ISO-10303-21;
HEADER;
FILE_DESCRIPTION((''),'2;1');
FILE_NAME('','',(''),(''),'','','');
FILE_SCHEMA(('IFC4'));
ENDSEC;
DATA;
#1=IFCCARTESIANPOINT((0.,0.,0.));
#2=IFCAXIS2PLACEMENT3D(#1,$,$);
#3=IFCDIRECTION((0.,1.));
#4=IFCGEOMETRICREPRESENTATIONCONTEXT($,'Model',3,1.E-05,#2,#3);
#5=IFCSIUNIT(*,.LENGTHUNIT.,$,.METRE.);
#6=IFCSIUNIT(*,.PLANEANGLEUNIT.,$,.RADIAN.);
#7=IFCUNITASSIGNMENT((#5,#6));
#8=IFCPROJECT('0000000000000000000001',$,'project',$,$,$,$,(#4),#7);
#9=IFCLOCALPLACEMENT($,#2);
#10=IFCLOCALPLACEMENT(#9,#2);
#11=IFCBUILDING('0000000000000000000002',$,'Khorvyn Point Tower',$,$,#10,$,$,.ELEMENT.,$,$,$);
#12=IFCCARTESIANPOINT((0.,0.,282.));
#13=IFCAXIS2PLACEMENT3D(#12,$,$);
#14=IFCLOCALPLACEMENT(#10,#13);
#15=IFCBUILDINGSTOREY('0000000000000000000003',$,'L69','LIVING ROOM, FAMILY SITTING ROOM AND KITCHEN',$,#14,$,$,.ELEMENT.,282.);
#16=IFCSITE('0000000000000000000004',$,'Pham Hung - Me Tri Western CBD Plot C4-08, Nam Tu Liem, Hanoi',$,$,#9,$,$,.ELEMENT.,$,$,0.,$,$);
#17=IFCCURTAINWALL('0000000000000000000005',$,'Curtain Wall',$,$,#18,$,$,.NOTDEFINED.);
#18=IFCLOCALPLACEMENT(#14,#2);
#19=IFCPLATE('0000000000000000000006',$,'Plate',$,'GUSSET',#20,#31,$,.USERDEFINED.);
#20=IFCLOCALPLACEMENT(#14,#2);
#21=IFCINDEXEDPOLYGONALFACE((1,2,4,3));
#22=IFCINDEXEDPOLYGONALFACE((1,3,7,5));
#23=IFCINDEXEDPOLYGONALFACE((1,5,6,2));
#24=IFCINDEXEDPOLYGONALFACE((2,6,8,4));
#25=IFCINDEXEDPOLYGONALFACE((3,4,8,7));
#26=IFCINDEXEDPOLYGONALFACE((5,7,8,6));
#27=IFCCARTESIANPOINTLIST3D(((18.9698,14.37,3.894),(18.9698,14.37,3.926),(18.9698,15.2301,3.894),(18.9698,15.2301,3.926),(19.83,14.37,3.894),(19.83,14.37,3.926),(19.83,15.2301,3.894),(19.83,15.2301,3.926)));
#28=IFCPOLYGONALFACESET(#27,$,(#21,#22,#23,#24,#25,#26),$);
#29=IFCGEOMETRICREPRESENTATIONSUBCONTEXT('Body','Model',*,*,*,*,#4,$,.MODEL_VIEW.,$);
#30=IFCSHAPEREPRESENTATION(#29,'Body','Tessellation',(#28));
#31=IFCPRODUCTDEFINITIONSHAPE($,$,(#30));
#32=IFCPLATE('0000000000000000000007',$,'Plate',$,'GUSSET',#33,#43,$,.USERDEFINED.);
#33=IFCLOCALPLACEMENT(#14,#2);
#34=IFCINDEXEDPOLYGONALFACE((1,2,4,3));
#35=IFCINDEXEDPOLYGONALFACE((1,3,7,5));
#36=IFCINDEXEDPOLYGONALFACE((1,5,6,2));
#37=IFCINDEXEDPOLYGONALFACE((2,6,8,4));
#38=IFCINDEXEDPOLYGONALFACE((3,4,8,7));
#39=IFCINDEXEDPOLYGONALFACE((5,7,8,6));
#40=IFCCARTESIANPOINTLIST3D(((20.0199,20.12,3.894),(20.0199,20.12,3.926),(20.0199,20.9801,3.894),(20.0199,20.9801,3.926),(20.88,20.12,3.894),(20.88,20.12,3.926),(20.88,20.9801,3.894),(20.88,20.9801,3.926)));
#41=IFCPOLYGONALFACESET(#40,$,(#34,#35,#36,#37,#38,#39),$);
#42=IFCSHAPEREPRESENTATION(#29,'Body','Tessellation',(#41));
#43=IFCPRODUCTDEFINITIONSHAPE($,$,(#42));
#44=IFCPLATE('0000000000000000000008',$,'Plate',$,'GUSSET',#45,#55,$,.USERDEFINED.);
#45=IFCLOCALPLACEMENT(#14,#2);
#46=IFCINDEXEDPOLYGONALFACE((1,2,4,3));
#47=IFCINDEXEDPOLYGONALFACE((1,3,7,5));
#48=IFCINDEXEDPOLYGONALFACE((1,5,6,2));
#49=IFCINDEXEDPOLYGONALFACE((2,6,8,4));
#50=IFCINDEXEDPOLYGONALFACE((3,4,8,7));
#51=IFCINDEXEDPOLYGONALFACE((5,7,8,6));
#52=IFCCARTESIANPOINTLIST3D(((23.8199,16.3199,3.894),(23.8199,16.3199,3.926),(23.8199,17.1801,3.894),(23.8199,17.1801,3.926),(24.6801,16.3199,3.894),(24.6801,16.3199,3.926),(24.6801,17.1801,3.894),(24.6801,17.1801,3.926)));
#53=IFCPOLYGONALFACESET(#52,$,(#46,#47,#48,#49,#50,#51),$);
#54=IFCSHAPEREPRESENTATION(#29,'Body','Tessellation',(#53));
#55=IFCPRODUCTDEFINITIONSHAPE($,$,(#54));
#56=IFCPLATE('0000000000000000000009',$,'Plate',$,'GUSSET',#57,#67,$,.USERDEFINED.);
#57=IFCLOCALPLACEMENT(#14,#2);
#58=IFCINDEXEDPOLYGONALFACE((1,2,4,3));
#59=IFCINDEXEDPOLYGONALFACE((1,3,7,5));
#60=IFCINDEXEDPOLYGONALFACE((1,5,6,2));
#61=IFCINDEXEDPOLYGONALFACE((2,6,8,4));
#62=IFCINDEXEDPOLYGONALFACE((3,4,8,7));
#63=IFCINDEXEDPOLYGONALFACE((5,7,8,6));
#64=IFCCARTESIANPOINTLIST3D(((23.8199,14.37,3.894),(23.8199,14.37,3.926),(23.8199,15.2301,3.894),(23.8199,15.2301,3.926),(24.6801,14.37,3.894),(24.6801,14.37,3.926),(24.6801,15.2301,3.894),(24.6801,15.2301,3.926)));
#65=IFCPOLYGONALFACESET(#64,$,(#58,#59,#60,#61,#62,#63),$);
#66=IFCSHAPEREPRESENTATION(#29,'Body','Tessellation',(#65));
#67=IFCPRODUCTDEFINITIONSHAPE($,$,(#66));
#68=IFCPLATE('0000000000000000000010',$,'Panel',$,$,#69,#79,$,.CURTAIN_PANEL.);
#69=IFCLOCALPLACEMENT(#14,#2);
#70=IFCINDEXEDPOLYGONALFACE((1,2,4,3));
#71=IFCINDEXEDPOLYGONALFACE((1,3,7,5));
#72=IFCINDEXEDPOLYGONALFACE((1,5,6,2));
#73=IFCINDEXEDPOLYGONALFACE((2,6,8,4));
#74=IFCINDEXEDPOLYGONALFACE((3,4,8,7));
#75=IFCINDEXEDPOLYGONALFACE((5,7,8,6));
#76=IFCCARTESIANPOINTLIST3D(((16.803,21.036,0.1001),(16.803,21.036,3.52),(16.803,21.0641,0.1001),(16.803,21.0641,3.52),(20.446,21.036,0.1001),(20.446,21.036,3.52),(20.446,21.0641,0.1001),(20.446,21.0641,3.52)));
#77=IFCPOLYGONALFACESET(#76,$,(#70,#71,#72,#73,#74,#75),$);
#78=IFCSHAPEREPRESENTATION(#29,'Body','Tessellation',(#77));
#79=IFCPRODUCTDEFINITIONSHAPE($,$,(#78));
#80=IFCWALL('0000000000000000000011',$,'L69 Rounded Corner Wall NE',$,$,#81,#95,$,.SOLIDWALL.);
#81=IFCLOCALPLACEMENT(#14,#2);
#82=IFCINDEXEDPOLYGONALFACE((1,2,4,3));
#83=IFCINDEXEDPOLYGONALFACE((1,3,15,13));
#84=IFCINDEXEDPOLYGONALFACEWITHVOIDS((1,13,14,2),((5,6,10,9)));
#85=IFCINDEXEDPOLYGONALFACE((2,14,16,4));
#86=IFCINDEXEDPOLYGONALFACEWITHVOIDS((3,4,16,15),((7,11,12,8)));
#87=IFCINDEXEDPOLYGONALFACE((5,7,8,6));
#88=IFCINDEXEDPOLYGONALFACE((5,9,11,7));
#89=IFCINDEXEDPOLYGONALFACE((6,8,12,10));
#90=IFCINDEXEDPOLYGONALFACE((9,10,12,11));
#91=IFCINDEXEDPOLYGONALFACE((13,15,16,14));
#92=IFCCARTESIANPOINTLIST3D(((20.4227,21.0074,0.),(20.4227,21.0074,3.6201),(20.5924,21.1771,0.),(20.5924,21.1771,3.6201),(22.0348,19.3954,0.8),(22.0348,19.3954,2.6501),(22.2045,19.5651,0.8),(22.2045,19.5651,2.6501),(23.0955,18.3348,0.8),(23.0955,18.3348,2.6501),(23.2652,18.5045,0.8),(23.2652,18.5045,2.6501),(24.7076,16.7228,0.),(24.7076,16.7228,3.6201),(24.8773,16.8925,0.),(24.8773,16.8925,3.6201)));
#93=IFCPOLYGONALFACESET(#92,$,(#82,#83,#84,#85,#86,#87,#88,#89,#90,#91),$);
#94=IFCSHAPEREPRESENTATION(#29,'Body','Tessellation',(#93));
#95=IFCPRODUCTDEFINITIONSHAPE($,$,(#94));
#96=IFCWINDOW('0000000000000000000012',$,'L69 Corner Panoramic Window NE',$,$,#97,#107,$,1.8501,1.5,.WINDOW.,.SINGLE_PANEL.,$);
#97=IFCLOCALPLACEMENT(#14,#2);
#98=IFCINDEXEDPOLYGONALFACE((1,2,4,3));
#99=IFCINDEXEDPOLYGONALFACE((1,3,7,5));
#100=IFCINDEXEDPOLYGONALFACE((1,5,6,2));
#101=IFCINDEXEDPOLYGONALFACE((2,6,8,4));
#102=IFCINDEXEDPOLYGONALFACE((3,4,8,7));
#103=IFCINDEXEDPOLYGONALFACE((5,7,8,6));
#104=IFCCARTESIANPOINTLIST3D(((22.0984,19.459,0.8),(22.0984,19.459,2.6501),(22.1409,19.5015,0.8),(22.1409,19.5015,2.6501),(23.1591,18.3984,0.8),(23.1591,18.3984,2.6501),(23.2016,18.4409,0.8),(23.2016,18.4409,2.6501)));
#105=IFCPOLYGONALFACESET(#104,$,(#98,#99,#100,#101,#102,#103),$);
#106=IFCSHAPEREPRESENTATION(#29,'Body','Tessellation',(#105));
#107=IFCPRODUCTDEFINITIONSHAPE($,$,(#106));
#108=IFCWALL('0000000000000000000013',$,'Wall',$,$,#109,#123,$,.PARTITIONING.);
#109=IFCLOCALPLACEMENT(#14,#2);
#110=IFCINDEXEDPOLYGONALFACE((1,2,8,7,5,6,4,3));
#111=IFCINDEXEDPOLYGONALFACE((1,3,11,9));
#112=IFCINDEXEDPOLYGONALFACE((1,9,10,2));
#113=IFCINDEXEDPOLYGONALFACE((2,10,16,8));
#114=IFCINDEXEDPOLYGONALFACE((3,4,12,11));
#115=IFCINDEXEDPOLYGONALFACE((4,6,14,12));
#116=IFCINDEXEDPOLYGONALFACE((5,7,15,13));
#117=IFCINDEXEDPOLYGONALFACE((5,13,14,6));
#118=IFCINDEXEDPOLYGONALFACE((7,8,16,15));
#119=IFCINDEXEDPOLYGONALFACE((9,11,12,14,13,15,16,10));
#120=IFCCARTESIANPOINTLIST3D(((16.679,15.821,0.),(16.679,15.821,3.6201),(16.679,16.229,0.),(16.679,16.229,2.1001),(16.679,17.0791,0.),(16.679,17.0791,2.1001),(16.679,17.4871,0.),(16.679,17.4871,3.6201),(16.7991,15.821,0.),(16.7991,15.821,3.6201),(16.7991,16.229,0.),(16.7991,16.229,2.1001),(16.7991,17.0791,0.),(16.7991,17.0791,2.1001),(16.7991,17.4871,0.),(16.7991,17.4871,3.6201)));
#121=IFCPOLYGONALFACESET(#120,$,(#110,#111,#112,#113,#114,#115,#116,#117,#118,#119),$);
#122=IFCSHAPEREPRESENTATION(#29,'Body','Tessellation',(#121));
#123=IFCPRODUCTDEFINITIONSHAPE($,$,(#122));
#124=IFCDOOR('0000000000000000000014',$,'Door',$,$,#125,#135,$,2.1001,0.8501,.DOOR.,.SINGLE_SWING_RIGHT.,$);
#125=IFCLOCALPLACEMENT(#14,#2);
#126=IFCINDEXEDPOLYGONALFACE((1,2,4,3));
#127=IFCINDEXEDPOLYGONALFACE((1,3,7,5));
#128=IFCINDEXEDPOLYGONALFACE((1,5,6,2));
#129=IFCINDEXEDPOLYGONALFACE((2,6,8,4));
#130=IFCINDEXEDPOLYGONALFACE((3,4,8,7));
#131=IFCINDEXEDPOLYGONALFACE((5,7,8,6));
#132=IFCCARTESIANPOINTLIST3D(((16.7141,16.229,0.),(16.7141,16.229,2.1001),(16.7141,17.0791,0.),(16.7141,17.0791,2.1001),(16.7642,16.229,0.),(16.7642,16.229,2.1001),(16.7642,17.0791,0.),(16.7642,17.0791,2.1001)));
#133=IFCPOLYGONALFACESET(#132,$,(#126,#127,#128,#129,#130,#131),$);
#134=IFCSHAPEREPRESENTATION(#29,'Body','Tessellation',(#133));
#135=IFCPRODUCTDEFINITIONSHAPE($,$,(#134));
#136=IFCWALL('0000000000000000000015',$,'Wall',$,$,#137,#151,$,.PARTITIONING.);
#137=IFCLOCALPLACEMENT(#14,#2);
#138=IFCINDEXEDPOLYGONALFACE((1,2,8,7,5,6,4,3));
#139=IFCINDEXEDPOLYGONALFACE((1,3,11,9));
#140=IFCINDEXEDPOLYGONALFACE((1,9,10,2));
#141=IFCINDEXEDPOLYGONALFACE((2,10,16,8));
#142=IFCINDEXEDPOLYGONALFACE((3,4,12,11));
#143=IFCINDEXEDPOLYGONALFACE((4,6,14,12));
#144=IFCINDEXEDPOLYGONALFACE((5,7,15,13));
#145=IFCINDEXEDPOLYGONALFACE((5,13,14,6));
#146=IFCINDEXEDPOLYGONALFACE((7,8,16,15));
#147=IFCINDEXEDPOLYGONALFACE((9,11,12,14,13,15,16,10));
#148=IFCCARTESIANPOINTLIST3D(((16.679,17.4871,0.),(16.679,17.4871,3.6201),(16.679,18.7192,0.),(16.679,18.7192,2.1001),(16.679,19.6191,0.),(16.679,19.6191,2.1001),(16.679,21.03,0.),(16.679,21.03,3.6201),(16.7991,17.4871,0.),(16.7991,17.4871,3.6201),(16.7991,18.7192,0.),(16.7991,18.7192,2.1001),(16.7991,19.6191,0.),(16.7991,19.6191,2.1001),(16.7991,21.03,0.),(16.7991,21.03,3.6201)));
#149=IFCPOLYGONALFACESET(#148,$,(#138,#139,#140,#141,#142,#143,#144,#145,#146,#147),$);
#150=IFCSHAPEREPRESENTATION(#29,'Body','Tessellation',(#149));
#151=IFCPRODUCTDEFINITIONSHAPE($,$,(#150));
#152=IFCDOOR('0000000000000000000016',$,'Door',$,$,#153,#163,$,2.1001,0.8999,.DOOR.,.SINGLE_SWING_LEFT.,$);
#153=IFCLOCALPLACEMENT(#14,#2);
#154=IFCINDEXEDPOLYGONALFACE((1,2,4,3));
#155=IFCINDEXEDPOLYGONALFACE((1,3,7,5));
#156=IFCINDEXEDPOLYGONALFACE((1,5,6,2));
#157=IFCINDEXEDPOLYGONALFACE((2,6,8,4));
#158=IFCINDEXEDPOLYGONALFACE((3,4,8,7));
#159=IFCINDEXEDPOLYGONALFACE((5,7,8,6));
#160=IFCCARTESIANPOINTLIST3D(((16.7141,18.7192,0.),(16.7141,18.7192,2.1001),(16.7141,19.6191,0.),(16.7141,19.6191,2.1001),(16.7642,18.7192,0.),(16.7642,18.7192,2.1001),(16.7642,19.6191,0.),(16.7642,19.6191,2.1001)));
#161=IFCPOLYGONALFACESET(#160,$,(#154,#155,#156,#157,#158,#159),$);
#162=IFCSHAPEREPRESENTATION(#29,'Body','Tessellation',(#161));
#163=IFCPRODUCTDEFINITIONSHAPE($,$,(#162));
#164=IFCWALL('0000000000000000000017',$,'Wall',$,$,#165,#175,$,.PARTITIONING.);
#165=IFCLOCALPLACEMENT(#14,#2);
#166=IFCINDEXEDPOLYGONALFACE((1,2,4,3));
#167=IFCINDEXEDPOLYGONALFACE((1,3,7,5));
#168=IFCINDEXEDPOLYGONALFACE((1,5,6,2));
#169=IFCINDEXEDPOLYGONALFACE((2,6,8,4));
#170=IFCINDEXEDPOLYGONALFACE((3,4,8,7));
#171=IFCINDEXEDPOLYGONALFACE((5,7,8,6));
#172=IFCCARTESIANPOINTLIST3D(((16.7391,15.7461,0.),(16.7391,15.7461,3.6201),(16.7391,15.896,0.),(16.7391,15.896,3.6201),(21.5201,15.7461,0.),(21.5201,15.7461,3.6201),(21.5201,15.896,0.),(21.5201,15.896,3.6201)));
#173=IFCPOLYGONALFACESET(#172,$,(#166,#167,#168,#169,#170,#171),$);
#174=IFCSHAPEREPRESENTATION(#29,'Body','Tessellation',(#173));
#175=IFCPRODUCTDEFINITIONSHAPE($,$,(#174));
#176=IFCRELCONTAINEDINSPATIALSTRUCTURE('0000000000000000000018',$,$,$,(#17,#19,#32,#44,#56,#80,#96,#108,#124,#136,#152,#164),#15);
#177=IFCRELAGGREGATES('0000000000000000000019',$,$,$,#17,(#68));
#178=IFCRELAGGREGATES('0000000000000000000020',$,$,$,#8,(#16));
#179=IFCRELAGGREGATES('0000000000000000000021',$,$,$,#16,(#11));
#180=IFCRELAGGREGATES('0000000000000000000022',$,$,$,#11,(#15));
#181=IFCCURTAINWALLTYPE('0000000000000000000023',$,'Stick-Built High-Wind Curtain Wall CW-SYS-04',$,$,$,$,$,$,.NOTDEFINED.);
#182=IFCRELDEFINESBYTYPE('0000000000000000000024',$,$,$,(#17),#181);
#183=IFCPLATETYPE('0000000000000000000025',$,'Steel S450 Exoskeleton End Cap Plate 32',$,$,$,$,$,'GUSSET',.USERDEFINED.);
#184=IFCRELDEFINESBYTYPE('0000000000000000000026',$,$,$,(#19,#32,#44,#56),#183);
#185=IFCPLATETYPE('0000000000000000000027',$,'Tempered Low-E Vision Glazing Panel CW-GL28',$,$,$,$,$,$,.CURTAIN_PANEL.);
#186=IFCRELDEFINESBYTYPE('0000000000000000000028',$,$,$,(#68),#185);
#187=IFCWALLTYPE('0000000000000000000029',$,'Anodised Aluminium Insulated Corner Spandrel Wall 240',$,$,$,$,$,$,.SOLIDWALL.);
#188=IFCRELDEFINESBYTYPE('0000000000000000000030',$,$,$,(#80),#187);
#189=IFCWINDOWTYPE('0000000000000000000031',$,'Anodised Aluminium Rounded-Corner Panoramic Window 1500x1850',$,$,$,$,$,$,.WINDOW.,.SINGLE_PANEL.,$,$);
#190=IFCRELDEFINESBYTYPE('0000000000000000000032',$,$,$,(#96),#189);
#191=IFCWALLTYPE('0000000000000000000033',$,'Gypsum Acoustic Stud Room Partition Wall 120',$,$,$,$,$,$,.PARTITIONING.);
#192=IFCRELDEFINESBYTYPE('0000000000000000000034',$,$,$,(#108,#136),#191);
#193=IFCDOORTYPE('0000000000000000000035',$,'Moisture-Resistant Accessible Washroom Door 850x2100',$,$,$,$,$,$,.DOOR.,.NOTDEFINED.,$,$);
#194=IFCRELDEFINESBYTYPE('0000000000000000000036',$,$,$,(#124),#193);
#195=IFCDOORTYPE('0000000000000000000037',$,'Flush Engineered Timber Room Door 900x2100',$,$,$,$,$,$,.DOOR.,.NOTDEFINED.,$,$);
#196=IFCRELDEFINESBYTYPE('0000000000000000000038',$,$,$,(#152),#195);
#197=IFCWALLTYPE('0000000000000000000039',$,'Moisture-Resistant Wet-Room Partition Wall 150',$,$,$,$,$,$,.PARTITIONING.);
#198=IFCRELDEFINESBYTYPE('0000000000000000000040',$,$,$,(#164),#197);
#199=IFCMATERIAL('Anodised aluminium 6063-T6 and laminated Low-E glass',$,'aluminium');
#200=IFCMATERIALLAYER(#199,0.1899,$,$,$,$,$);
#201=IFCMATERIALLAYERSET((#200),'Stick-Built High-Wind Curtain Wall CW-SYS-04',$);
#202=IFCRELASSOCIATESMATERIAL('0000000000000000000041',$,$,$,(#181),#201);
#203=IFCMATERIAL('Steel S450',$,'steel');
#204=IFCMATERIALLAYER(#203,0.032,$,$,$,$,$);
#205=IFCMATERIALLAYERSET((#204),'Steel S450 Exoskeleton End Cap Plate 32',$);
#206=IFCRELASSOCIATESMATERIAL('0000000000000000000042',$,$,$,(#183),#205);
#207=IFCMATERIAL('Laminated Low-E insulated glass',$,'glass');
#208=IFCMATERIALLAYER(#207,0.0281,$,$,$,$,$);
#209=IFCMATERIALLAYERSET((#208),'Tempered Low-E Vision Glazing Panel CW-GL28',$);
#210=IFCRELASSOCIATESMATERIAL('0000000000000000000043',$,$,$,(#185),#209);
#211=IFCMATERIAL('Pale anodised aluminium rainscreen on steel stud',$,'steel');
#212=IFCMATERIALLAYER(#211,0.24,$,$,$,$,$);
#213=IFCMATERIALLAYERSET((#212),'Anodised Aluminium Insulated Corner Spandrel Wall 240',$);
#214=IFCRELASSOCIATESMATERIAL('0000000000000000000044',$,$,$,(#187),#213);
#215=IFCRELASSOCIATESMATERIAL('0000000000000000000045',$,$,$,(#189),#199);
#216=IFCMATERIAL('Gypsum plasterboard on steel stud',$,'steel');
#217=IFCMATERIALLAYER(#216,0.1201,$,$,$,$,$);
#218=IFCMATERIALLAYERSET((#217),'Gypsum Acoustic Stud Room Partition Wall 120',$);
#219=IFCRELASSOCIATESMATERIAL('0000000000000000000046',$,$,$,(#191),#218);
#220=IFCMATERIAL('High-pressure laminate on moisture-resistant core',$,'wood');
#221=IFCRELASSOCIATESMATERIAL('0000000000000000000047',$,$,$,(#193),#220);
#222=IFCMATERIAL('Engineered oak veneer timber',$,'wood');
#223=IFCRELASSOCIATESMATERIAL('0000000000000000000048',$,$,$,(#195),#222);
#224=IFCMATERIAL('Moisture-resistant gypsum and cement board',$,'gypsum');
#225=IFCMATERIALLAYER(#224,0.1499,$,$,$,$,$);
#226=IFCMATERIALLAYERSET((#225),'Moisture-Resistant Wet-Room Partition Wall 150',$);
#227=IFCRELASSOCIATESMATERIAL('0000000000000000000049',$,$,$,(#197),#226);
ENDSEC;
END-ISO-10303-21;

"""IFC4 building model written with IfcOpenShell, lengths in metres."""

from ifc_helpers import new_model, si_unit, direction, frame, frame_2d, origin, origin_2d, place, context, subcontext, project, spatial, rectangle, extrude, material, layer, layer_set, type_object, element, fill, aggregate, save


model = new_model("IFC4")

# Units and contexts
model_context = context("Model", 3, precision=1e-05, world=origin(), true_north=direction((0.0, 1.0)))
body_context = subcontext(model_context, "Body", "Model", "MODEL_VIEW")
ifc_project = project(units=[si_unit("LENGTHUNIT", "METRE"), si_unit("PLANEANGLEUNIT", "RADIAN")], contexts=[model_context])

# Site, building, storey
site_placement = place(None, origin())
site = spatial("IfcSite", under=ifc_project, at=site_placement, Name="Pham Hung - Me Tri Western CBD Plot C4-08, Nam Tu Liem, Hanoi", CompositionType="ELEMENT", RefElevation=0.0)
building_placement = place(site_placement, origin())
building = spatial("IfcBuilding", under=site, at=building_placement, Name="Khorvyn Point Tower", CompositionType="ELEMENT")
storey_placement = place(building_placement, frame((0.0, 0.0, 282.0)))
storey = spatial("IfcBuildingStorey", under=building, at=storey_placement, Name="L69", Description="LIVING ROOM, FAMILY SITTING ROOM AND KITCHEN", CompositionType="ELEMENT", Elevation=282.0)

# Curtain wall
ifc_material_1 = material(Name="Anodised aluminium 6063-T6 and laminated Low-E glass", Category="aluminium")
ifc_layer_1 = layer(ifc_material_1, 0.1899)
ifc_layer_set_1 = layer_set([ifc_layer_1], Name="Stick-Built High-Wind Curtain Wall CW-SYS-04")
curtain_wall_type = type_object("IfcCurtainWallType", Name="Stick-Built High-Wind Curtain Wall CW-SYS-04", PredefinedType="NOTDEFINED", material=ifc_layer_set_1)
curtain_wall_1_placement = place(storey_placement, origin())
curtain_wall_1 = element("IfcCurtainWall", 1, at=curtain_wall_1_placement, inside=storey, type_object=curtain_wall_type, Name="Curtain Wall", PredefinedType="NOTDEFINED")

# Plates
ifc_material_2 = material(Name="Steel S450", Category="steel")
ifc_layer_2 = layer(ifc_material_2, 0.032)
ifc_layer_set_2 = layer_set([ifc_layer_2], Name="Steel S450 Exoskeleton End Cap Plate 32")
plate_type_1 = type_object("IfcPlateType", Name="Steel S450 Exoskeleton End Cap Plate 32", ElementType="GUSSET", PredefinedType="USERDEFINED", material=ifc_layer_set_2)
for number, where, z_axis, x_axis, name in (
    (2, (19.3999, 14.8, 3.894), (0.0, 0.0, 1.0), (1.0, 0.0, 0.0), "Plate"),
    (3, (20.45, 20.55, 3.894), (0.0, 0.0, 1.0), (1.0, 0.0, 0.0), "Plate"),
    (4, (24.25, 16.75, 3.894), (0.0, 0.0, 1.0), (1.0, 0.0, 0.0), "Plate"),
    (5, (24.25, 14.8, 3.894), (0.0, 0.0, 1.0), (1.0, 0.0, 0.0), "Plate"),
):
    element("IfcPlate", number, at=place(storey_placement, frame(where, z_axis=z_axis, x_axis=x_axis)), inside=storey, type_object=plate_type_1, Name=name, ObjectType="GUSSET", PredefinedType="USERDEFINED", context=body_context, shape_type="SweptSolid", body=[
        extrude(rectangle(XDim=0.8601, YDim=0.8601, at=origin_2d()), origin(), (0.0, 0.0, 1.0), 0.032),
    ])

# Plate
ifc_material_3 = material(Name="Laminated Low-E insulated glass", Category="glass")
ifc_layer_3 = layer(ifc_material_3, 0.0281)
ifc_layer_set_3 = layer_set([ifc_layer_3], Name="Tempered Low-E Vision Glazing Panel CW-GL28")
plate_type_2 = type_object("IfcPlateType", Name="Tempered Low-E Vision Glazing Panel CW-GL28", PredefinedType="CURTAIN_PANEL", material=ifc_layer_set_3)
plate_placement = place(storey_placement, frame((18.6245, 21.05, 0.1001), z_axis=(0.0, 0.0, 1.0), x_axis=(1.0, 0.0, 0.0)))
plate = element("IfcPlate", 6, at=plate_placement, type_object=plate_type_2, Name="Panel", PredefinedType="CURTAIN_PANEL", context=body_context, shape_type="SweptSolid", body=[
    extrude(rectangle(XDim=3.6431, YDim=0.0281, at=origin_2d()), origin(), (0.0, 0.0, 1.0), 3.4199),
])
aggregate(curtain_wall_1, [plate])

# Wall, opening, window
ifc_material_4 = material(Name="Pale anodised aluminium rainscreen on steel stud", Category="steel")
ifc_layer_4 = layer(ifc_material_4, 0.24)
ifc_layer_set_4 = layer_set([ifc_layer_4], Name="Anodised Aluminium Insulated Corner Spandrel Wall 240")
wall_type_1 = type_object("IfcWallType", Name="Anodised Aluminium Insulated Corner Spandrel Wall 240", PredefinedType="SOLIDWALL", material=ifc_layer_set_4)
wall_1_placement = place(storey_placement, frame((20.5076, 21.0923, 0.0), z_axis=(0.0, 0.0, 1.0), x_axis=(0.707127, -0.707087, 0.0)))
wall_1 = element("IfcWall", 7, at=wall_1_placement, inside=storey, type_object=wall_type_1, Name="L69 Rounded Corner Wall NE", PredefinedType="SOLIDWALL", context=body_context, shape_type="SweptSolid", body=[
    extrude(rectangle(XDim=6.0596, YDim=0.24, at=frame_2d((3.0298, 0.0))), origin(), (0.0, 0.0, 1.0), 3.6201),
])
opening_1_placement = place(wall_1_placement, frame((2.2798, 0.0, 0.8)))
opening_1 = element("IfcOpeningElement", 8, at=opening_1_placement, cuts=wall_1, PredefinedType="OPENING", context=body_context, shape_type="SweptSolid", body=[
    extrude(rectangle(XDim=1.5, YDim=1.8501, at=frame_2d((0.75, 0.925))), frame((0.0, 0.1299, 0.0), z_axis=(0.0, -1.0, 0.0), x_axis=(1.0, 0.0, 0.0)), (0.0, 0.0, 1.0), 0.26),
])
window_type = type_object("IfcWindowType", Name="Anodised Aluminium Rounded-Corner Panoramic Window 1500x1850", PartitioningType="SINGLE_PANEL", PredefinedType="WINDOW", material=ifc_material_1)
window_placement = place(opening_1_placement, origin())
window = element("IfcWindow", 9, at=window_placement, inside=storey, type_object=window_type, Name="L69 Corner Panoramic Window NE", OverallHeight=1.8501, OverallWidth=1.5, PartitioningType="SINGLE_PANEL", PredefinedType="WINDOW", context=body_context, shape_type="SweptSolid", body=[
    extrude(rectangle(XDim=1.5, YDim=1.8501, at=frame_2d((0.75, 0.925))), frame((0.0, 0.03, 0.0), z_axis=(0.0, -1.0, 0.0), x_axis=(1.0, 0.0, 0.0)), (0.0, 0.0, 1.0), 0.0601),
])
fill(opening_1, window)

# Walls, openings, doors
ifc_material_5 = material(Name="Gypsum plasterboard on steel stud", Category="steel")
ifc_layer_5 = layer(ifc_material_5, 0.1201)
ifc_layer_set_5 = layer_set([ifc_layer_5], Name="Gypsum Acoustic Stud Room Partition Wall 120")
wall_type_2 = type_object("IfcWallType", Name="Gypsum Acoustic Stud Room Partition Wall 120", PredefinedType="PARTITIONING", material=ifc_layer_set_5)
wall_2_placement = place(storey_placement, frame((16.739, 15.821, 0.0), z_axis=(0.0, 0.0, 1.0), x_axis=(0.0, 1.0, 0.0)))
wall_2 = element("IfcWall", 10, at=wall_2_placement, inside=storey, type_object=wall_type_2, Name="Wall", PredefinedType="PARTITIONING", context=body_context, shape_type="SweptSolid", body=[
    extrude(rectangle(XDim=1.666, YDim=0.1201, at=frame_2d((0.833, 0.0))), origin(), (0.0, 0.0, 1.0), 3.6201),
])
opening_2_placement = place(wall_2_placement, frame((0.408, 0.0, 0.0)))
opening_2 = element("IfcOpeningElement", 11, at=opening_2_placement, cuts=wall_2, PredefinedType="OPENING", context=body_context, shape_type="SweptSolid", body=[
    extrude(rectangle(XDim=0.8501, YDim=2.1001, at=frame_2d((0.425, 1.05))), frame((0.0, 0.0701, 0.0), z_axis=(0.0, -1.0, 0.0), x_axis=(1.0, 0.0, 0.0)), (0.0, 0.0, 1.0), 0.1401),
])
ifc_material_6 = material(Name="High-pressure laminate on moisture-resistant core", Category="wood")
door_type_1 = type_object("IfcDoorType", Name="Moisture-Resistant Accessible Washroom Door 850x2100", OperationType="NOTDEFINED", PredefinedType="DOOR", material=ifc_material_6)
door_1_placement = place(opening_2_placement, origin())
door_1 = element("IfcDoor", 12, at=door_1_placement, inside=storey, type_object=door_type_1, Name="Door", OperationType="SINGLE_SWING_RIGHT", OverallHeight=2.1001, OverallWidth=0.8501, PredefinedType="DOOR", context=body_context, shape_type="SweptSolid", body=[
    extrude(rectangle(XDim=0.8501, YDim=2.1001, at=frame_2d((0.425, 1.05))), frame((0.0, 0.0249, 0.0), z_axis=(0.0, -1.0, 0.0), x_axis=(1.0, 0.0, 0.0)), (0.0, 0.0, 1.0), 0.05),
])
fill(opening_2, door_1)
wall_3_placement = place(storey_placement, frame((16.739, 17.4871, 0.0), z_axis=(0.0, 0.0, 1.0), x_axis=(0.0, 1.0, 0.0)))
wall_3 = element("IfcWall", 13, at=wall_3_placement, inside=storey, type_object=wall_type_2, Name="Wall", PredefinedType="PARTITIONING", context=body_context, shape_type="SweptSolid", body=[
    extrude(rectangle(XDim=3.543, YDim=0.1201, at=frame_2d((1.7715, 0.0))), origin(), (0.0, 0.0, 1.0), 3.6201),
])
opening_3_placement = place(wall_3_placement, frame((1.2322, 0.0, 0.0)))
opening_3 = element("IfcOpeningElement", 14, at=opening_3_placement, cuts=wall_3, PredefinedType="OPENING", context=body_context, shape_type="SweptSolid", body=[
    extrude(rectangle(XDim=0.8999, YDim=2.1001, at=frame_2d((0.45, 1.05))), frame((0.0, 0.0701, 0.0), z_axis=(0.0, -1.0, 0.0), x_axis=(1.0, 0.0, 0.0)), (0.0, 0.0, 1.0), 0.1401),
])
ifc_material_7 = material(Name="Engineered oak veneer timber", Category="wood")
door_type_2 = type_object("IfcDoorType", Name="Flush Engineered Timber Room Door 900x2100", OperationType="NOTDEFINED", PredefinedType="DOOR", material=ifc_material_7)
door_2_placement = place(opening_3_placement, origin())
door_2 = element("IfcDoor", 15, at=door_2_placement, inside=storey, type_object=door_type_2, Name="Door", OperationType="SINGLE_SWING_LEFT", OverallHeight=2.1001, OverallWidth=0.8999, PredefinedType="DOOR", context=body_context, shape_type="SweptSolid", body=[
    extrude(rectangle(XDim=0.8999, YDim=2.1001, at=frame_2d((0.45, 1.05))), frame((0.0, 0.0249, 0.0), z_axis=(0.0, -1.0, 0.0), x_axis=(1.0, 0.0, 0.0)), (0.0, 0.0, 1.0), 0.05),
])
fill(opening_3, door_2)

# Wall
ifc_material_8 = material(Name="Moisture-resistant gypsum and cement board", Category="gypsum")
ifc_layer_6 = layer(ifc_material_8, 0.1499)
ifc_layer_set_6 = layer_set([ifc_layer_6], Name="Moisture-Resistant Wet-Room Partition Wall 150")
wall_type_3 = type_object("IfcWallType", Name="Moisture-Resistant Wet-Room Partition Wall 150", PredefinedType="PARTITIONING", material=ifc_layer_set_6)
for number, where, z_axis, x_axis, name in (
    (16, (16.739, 15.821, 0.0), (0.0, 0.0, 1.0), (1.0, 0.0, 0.0), "Wall"),
):
    element("IfcWall", number, at=place(storey_placement, frame(where, z_axis=z_axis, x_axis=x_axis)), inside=storey, type_object=wall_type_3, Name=name, PredefinedType="PARTITIONING", context=body_context, shape_type="SweptSolid", body=[
        extrude(rectangle(XDim=4.781, YDim=0.1499, at=frame_2d((2.3906, 0.0))), origin(), (0.0, 0.0, 1.0), 3.6201),
    ])

save(model, "model.ifc")
